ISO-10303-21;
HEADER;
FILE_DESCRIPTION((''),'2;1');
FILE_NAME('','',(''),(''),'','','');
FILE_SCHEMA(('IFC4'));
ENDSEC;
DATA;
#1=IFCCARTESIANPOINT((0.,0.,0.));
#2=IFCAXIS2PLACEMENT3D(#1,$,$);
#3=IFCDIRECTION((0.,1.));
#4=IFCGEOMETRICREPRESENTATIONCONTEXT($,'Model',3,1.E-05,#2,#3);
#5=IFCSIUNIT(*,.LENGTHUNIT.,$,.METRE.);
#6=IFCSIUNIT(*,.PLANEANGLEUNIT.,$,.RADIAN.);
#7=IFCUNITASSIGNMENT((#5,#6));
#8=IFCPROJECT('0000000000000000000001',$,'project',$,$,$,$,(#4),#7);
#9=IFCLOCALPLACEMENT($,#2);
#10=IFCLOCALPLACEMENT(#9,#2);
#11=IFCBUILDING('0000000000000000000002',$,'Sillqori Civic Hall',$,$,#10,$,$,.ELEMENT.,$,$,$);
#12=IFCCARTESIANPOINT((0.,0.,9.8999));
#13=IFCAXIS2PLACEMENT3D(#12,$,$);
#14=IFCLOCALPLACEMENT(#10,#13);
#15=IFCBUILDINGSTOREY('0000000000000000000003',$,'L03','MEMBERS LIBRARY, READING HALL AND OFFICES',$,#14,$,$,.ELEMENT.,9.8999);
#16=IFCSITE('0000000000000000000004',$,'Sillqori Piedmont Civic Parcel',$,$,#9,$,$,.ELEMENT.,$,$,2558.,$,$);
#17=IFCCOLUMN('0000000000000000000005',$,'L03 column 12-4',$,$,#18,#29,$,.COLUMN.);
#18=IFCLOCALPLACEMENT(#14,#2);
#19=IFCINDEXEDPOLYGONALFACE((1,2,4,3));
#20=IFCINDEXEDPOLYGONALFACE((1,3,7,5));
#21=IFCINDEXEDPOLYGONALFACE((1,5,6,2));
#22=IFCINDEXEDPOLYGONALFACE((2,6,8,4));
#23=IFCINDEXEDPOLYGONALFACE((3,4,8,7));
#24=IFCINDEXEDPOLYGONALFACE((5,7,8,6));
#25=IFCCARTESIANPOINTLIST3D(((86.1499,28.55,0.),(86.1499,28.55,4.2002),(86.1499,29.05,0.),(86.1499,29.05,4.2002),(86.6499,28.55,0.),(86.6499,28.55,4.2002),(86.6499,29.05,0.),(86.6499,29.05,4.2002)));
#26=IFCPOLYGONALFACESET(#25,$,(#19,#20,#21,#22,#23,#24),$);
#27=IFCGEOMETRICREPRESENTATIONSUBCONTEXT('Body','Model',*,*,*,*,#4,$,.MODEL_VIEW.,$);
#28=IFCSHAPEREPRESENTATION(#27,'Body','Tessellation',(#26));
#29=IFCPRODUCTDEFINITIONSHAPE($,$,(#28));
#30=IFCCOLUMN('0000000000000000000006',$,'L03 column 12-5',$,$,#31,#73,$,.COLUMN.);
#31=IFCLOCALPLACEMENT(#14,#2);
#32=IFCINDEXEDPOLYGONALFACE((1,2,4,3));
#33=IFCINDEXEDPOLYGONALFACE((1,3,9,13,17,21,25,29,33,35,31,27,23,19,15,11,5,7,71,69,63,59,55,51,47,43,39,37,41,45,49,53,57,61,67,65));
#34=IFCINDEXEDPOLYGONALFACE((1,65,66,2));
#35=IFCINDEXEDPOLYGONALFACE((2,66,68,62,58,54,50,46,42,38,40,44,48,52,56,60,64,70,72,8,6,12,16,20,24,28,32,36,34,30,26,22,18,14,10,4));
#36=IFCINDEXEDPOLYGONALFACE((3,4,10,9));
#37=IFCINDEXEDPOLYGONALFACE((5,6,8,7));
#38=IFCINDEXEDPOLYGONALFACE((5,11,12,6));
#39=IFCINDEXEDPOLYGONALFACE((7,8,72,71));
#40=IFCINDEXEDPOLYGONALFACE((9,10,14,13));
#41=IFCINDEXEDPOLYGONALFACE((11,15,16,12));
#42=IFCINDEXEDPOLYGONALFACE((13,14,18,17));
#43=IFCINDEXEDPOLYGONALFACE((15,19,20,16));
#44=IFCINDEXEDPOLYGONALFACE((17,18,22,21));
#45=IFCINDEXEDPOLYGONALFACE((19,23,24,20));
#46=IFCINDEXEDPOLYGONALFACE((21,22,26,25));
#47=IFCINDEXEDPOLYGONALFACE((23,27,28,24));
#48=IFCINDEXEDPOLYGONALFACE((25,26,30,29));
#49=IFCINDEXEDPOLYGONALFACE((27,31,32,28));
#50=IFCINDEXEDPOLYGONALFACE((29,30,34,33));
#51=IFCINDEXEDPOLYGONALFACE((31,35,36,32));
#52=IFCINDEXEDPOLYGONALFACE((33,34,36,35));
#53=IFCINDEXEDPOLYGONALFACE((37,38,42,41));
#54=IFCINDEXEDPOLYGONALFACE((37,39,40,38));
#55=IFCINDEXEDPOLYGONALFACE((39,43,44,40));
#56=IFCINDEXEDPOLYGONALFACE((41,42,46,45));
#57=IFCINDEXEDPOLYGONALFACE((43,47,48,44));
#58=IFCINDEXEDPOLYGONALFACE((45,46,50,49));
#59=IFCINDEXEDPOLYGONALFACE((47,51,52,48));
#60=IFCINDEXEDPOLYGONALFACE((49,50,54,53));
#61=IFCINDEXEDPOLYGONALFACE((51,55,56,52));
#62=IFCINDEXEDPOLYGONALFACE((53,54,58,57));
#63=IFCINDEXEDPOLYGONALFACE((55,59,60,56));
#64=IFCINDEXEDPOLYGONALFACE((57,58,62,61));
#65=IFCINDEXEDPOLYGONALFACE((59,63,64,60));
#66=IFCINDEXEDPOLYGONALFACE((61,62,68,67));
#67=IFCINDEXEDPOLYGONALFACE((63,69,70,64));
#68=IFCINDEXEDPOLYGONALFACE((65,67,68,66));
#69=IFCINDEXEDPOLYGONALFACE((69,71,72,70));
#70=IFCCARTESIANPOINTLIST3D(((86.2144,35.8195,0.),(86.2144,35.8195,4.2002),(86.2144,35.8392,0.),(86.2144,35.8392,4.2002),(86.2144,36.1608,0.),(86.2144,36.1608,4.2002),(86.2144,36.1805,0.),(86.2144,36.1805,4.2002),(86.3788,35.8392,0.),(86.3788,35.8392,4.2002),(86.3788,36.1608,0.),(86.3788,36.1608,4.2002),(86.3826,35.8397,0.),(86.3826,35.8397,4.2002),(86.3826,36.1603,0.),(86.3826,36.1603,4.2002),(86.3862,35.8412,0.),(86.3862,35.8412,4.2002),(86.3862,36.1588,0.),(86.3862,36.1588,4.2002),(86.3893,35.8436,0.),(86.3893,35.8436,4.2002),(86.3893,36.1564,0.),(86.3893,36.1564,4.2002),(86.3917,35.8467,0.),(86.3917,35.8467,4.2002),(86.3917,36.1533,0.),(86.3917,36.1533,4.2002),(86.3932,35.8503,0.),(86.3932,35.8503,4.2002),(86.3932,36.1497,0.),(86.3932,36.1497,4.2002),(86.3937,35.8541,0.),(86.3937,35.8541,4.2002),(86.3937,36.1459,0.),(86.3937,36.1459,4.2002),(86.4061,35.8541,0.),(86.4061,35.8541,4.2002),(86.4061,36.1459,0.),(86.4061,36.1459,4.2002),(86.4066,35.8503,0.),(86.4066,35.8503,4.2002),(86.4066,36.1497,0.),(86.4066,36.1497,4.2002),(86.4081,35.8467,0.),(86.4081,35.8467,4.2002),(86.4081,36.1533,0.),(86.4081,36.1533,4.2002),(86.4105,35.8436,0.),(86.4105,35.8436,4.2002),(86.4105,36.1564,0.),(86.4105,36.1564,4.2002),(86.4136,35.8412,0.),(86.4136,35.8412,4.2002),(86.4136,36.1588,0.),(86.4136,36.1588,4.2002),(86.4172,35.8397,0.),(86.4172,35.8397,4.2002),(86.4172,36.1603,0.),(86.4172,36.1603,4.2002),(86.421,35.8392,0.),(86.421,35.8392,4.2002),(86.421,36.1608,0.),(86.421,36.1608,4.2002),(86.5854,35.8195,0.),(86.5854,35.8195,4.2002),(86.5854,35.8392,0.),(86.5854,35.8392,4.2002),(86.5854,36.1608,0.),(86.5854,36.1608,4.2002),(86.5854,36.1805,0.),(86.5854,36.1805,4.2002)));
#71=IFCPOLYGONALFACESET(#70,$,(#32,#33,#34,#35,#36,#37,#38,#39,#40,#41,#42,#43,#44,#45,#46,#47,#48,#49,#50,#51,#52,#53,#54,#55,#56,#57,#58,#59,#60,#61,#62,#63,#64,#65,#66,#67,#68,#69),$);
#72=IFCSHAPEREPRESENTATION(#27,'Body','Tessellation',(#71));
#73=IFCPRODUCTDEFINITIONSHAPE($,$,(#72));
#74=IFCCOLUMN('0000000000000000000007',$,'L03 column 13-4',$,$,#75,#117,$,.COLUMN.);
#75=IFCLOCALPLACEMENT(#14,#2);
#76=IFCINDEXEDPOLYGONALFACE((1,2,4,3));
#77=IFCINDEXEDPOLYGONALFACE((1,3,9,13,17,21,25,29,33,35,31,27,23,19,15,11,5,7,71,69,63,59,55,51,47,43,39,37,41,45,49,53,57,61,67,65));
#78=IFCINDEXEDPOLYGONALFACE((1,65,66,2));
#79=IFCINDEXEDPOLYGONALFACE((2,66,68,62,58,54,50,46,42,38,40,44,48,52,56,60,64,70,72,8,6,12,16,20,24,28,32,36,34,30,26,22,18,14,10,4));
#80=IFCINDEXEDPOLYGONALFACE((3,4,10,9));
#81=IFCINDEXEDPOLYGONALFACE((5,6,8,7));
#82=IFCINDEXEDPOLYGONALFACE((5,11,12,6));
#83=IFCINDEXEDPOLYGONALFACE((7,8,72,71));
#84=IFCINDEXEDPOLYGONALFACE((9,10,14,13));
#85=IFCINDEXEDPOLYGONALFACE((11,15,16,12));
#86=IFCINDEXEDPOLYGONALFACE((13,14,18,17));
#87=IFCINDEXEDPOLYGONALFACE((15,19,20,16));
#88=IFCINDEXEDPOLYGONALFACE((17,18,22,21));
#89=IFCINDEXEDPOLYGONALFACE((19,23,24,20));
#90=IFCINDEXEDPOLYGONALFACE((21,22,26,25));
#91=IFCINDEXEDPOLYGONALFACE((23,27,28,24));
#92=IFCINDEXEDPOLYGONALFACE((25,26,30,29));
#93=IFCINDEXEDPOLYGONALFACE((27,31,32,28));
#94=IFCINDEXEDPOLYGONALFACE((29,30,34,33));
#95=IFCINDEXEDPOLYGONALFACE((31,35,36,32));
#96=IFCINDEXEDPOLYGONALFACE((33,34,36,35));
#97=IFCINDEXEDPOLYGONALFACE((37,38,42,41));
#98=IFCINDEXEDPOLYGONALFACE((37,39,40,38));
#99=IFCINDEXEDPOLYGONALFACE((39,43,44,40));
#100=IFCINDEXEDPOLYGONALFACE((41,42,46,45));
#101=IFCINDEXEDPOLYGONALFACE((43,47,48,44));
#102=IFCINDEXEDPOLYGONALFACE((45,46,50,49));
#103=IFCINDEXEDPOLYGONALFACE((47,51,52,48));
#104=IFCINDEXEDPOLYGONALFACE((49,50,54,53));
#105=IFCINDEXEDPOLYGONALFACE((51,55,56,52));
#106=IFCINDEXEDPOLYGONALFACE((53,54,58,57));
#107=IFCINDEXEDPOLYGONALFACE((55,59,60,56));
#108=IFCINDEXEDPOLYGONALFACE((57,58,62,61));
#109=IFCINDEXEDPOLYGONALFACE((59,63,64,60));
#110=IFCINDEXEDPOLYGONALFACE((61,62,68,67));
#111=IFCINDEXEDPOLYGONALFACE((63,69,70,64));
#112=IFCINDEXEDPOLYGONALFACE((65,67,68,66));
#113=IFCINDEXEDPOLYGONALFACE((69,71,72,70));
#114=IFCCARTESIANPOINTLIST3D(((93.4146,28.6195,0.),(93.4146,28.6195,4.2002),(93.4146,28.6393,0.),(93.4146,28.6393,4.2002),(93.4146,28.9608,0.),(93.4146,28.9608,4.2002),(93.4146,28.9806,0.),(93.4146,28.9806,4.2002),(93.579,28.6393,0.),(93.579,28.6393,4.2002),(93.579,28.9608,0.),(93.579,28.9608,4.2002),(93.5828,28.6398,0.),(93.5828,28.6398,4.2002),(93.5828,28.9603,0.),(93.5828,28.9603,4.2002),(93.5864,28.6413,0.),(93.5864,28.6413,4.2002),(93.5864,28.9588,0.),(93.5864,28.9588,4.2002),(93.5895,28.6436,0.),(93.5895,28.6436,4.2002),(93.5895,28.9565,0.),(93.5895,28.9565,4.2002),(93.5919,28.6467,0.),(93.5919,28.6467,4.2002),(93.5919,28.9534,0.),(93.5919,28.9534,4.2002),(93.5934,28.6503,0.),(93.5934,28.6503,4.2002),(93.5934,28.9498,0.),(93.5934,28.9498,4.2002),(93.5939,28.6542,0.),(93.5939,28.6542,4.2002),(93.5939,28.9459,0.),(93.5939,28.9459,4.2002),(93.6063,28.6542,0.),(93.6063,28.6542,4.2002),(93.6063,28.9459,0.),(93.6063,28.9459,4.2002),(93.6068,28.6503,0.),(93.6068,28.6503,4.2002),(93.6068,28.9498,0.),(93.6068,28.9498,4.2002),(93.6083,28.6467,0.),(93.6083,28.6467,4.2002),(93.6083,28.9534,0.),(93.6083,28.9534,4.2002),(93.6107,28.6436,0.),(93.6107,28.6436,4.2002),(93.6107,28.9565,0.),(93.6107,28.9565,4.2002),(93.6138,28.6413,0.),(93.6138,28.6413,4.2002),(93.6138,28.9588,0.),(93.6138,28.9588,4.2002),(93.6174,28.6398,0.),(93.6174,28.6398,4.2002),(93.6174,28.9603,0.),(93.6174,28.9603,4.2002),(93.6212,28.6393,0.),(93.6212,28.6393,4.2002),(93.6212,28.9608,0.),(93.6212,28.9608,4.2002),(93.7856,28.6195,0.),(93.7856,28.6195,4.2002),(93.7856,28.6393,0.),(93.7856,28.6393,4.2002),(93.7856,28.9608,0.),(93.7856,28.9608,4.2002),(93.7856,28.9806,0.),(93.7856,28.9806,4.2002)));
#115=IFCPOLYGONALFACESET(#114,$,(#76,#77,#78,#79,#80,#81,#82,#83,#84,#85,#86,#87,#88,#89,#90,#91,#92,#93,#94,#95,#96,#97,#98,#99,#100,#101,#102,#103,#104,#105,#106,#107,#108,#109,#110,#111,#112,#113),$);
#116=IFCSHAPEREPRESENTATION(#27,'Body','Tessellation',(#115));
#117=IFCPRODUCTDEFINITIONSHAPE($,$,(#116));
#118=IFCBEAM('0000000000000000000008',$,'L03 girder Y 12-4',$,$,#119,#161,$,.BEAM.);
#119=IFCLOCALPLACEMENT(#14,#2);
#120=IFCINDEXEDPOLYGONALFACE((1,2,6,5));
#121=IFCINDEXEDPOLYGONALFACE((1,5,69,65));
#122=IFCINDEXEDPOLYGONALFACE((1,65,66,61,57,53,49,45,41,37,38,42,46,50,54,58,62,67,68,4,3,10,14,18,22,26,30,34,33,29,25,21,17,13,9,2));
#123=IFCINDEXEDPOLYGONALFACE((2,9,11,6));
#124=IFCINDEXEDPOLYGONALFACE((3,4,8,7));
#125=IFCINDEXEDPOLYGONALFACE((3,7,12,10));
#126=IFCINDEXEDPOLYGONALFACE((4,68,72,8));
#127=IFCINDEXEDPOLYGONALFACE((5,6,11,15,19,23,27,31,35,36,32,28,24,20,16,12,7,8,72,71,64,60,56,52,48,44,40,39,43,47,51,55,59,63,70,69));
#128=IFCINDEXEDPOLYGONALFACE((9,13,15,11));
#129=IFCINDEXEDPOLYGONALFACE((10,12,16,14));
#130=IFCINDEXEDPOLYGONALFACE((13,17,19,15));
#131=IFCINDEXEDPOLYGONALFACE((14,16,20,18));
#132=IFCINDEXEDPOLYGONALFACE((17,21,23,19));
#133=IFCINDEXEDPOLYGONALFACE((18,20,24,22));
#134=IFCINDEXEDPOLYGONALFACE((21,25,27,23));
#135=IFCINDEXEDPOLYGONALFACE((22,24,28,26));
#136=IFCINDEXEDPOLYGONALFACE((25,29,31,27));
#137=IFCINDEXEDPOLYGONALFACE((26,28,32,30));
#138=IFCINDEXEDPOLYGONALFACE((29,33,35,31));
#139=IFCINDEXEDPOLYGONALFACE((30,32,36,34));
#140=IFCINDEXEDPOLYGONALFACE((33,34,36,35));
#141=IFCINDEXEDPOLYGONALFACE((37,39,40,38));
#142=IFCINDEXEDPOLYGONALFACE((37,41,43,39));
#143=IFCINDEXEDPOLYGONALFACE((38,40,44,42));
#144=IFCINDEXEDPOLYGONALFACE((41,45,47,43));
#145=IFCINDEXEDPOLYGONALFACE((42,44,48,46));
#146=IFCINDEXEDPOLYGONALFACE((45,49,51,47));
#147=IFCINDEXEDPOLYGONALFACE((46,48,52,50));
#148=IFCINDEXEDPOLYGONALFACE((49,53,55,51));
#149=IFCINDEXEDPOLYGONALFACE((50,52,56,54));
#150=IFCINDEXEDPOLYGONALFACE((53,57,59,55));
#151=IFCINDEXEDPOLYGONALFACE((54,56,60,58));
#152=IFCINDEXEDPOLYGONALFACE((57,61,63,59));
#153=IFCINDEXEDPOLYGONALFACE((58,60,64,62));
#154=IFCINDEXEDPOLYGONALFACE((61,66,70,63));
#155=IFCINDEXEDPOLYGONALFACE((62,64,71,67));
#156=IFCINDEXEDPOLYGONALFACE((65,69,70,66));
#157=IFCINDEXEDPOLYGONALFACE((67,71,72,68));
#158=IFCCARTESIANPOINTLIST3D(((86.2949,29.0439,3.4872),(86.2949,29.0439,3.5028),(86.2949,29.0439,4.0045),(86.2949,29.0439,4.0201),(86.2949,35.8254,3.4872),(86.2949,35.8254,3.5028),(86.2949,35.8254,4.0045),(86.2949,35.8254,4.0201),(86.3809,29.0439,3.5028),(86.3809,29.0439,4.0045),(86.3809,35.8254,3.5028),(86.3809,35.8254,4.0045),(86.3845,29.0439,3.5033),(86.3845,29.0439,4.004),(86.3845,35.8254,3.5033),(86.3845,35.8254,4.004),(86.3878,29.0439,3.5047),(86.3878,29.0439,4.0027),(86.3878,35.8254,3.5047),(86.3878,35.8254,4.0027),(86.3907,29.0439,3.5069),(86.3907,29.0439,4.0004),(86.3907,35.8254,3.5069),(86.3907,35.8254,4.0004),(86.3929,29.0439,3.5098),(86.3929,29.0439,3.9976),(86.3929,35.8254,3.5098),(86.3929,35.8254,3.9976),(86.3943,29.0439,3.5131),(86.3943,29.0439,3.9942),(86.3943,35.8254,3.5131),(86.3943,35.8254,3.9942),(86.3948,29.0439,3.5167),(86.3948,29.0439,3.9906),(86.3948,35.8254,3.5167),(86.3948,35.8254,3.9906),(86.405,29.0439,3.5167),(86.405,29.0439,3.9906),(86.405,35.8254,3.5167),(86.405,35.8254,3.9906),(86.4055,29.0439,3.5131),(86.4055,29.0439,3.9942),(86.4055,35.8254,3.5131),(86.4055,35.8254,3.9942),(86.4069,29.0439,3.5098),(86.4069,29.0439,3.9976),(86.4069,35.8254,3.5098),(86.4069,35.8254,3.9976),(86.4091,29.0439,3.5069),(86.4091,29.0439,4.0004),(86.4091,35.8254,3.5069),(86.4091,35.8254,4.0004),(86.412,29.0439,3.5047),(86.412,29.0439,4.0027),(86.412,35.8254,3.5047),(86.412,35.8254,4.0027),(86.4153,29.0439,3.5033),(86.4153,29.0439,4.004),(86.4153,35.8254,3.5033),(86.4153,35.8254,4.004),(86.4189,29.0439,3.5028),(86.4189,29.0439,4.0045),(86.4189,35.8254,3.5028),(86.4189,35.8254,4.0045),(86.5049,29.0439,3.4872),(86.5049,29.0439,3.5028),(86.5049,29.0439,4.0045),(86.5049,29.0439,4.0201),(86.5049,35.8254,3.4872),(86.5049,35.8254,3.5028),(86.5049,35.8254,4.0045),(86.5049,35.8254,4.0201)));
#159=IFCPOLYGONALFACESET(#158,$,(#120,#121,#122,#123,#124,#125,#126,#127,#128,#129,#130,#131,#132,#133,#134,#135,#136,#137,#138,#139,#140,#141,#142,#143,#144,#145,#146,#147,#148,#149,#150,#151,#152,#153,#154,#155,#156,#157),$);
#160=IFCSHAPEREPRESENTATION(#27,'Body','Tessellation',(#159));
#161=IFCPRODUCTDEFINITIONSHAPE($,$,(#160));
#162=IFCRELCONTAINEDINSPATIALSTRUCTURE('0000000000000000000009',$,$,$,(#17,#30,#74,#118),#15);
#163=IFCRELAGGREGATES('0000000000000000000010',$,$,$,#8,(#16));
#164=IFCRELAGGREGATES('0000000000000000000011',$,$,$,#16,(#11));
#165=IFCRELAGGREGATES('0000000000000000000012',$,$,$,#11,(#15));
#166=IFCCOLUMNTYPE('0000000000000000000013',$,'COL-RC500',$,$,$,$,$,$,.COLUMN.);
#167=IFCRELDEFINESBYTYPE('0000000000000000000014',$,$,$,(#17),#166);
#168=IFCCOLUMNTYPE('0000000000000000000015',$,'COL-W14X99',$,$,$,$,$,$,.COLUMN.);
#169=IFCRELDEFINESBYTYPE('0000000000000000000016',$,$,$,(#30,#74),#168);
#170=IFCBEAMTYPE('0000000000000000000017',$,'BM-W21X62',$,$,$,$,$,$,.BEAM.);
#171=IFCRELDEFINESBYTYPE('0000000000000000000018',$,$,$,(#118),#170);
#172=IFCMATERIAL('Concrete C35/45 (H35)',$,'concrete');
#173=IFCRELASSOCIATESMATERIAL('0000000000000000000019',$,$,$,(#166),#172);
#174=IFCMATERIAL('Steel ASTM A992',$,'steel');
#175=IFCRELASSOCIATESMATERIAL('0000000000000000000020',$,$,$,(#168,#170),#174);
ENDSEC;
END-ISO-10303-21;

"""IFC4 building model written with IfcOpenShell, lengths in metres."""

from ifc_helpers import new_model, si_unit, direction, frame, origin, origin_2d, place, context, subcontext, project, spatial, rectangle, i_section, extrude, material, material_profile, profile_set, type_object, element, save


model = new_model("IFC4")

# Units and contexts
model_context = context("Model", 3, precision=1e-05, world=origin(), true_north=direction((0.0, 1.0)))
body_context = subcontext(model_context, "Body", "Model", "MODEL_VIEW")
ifc_project = project(units=[si_unit("LENGTHUNIT", "METRE"), si_unit("PLANEANGLEUNIT", "RADIAN")], contexts=[model_context])

# Site, building, storey
site_placement = place(None, origin())
site = spatial("IfcSite", under=ifc_project, at=site_placement, Name="Sillqori Piedmont Civic Parcel", CompositionType="ELEMENT", RefElevation=2558.0)
building_placement = place(site_placement, origin())
building = spatial("IfcBuilding", under=site, at=building_placement, Name="Sillqori Civic Hall", CompositionType="ELEMENT")
storey_placement = place(building_placement, frame((0.0, 0.0, 9.8999)))
storey = spatial("IfcBuildingStorey", under=building, at=storey_placement, Name="L03", Description="MEMBERS LIBRARY, READING HALL AND OFFICES", CompositionType="ELEMENT", Elevation=9.8999)

# Columns
ifc_material_1 = material(Name="Concrete C35/45 (H35)", Category="concrete")
ifc_material_profile_1 = material_profile(ifc_material_1, rectangle(XDim=0.5, YDim=0.5, at=origin_2d()), Name="RC 500x500")
ifc_profile_set_1 = profile_set([ifc_material_profile_1], Name="Concrete C35/45 (H35)")
column_type_1 = type_object("IfcColumnType", Name="COL-RC500", PredefinedType="COLUMN", material=ifc_profile_set_1)
column_placement = place(storey_placement, frame((86.3999, 28.8, 0.0), z_axis=(0.0, 0.0, 1.0), x_axis=(1.0, 0.0, 0.0)))
element("IfcColumn", 1, at=column_placement, inside=storey, type_object=column_type_1, Name="L03 column 12-4", PredefinedType="COLUMN", context=body_context, shape_type="SweptSolid", body=[
    extrude(rectangle(XDim=0.5, YDim=0.5, at=origin_2d()), origin(), (0.0, 0.0, 1.0), 4.2002),
])
ifc_material_2 = material(Name="Steel ASTM A992", Category="steel")
ifc_material_profile_2 = material_profile(ifc_material_2, i_section(OverallWidth=0.3711, OverallDepth=0.3611, WebThickness=0.0125, FlangeThickness=0.0198, FilletRadius=0.0149, at=origin_2d()), Name="W14X99")
ifc_profile_set_2 = profile_set([ifc_material_profile_2], Name="Steel ASTM A992")
column_type_2 = type_object("IfcColumnType", Name="COL-W14X99", PredefinedType="COLUMN", material=ifc_profile_set_2)
for number, where, z_axis, x_axis, name in (
    (2, (86.3999, 36.0, 0.0), (0.0, 0.0, 1.0), (1.0, 0.0, 0.0), "L03 column 12-5"),
    (3, (93.6001, 28.8, 0.0), (0.0, 0.0, 1.0), (1.0, 0.0, 0.0), "L03 column 13-4"),
):
    element("IfcColumn", number, at=place(storey_placement, frame(where, z_axis=z_axis, x_axis=x_axis)), inside=storey, type_object=column_type_2, Name=name, PredefinedType="COLUMN", context=body_context, shape_type="SweptSolid", body=[
        extrude(i_section(OverallWidth=0.3711, OverallDepth=0.3611, WebThickness=0.0125, FlangeThickness=0.0198, FilletRadius=0.0149, at=origin_2d()), origin(), (0.0, 0.0, 1.0), 4.2002),
    ])

# Beam
ifc_material_profile_3 = material_profile(ifc_material_2, i_section(OverallWidth=0.21, OverallDepth=0.533, WebThickness=0.0103, FlangeThickness=0.0156, FilletRadius=0.0139, at=origin_2d()), Name="W21X62")
ifc_profile_set_3 = profile_set([ifc_material_profile_3], Name="Steel ASTM A992")
beam_type_1 = type_object("IfcBeamType", Name="BM-W21X62", PredefinedType="BEAM", material=ifc_profile_set_3)
beam_1_placement = place(storey_placement, frame((86.3999, 29.0439, 3.7537), z_axis=(0.0, 1.0, 0.0), x_axis=(-1.0, 0.0, 0.0)))
element("IfcBeam", 4, at=beam_1_placement, inside=storey, type_object=beam_type_1, Name="L03 girder Y 12-4", PredefinedType="BEAM", context=body_context, shape_type="SweptSolid", body=[
    extrude(i_section(OverallWidth=0.21, OverallDepth=0.533, WebThickness=0.0103, FlangeThickness=0.0156, FilletRadius=0.0139, at=origin_2d()), origin(), (0.0, 0.0, 1.0), 6.7815),
])

save(model, "model.ifc")
